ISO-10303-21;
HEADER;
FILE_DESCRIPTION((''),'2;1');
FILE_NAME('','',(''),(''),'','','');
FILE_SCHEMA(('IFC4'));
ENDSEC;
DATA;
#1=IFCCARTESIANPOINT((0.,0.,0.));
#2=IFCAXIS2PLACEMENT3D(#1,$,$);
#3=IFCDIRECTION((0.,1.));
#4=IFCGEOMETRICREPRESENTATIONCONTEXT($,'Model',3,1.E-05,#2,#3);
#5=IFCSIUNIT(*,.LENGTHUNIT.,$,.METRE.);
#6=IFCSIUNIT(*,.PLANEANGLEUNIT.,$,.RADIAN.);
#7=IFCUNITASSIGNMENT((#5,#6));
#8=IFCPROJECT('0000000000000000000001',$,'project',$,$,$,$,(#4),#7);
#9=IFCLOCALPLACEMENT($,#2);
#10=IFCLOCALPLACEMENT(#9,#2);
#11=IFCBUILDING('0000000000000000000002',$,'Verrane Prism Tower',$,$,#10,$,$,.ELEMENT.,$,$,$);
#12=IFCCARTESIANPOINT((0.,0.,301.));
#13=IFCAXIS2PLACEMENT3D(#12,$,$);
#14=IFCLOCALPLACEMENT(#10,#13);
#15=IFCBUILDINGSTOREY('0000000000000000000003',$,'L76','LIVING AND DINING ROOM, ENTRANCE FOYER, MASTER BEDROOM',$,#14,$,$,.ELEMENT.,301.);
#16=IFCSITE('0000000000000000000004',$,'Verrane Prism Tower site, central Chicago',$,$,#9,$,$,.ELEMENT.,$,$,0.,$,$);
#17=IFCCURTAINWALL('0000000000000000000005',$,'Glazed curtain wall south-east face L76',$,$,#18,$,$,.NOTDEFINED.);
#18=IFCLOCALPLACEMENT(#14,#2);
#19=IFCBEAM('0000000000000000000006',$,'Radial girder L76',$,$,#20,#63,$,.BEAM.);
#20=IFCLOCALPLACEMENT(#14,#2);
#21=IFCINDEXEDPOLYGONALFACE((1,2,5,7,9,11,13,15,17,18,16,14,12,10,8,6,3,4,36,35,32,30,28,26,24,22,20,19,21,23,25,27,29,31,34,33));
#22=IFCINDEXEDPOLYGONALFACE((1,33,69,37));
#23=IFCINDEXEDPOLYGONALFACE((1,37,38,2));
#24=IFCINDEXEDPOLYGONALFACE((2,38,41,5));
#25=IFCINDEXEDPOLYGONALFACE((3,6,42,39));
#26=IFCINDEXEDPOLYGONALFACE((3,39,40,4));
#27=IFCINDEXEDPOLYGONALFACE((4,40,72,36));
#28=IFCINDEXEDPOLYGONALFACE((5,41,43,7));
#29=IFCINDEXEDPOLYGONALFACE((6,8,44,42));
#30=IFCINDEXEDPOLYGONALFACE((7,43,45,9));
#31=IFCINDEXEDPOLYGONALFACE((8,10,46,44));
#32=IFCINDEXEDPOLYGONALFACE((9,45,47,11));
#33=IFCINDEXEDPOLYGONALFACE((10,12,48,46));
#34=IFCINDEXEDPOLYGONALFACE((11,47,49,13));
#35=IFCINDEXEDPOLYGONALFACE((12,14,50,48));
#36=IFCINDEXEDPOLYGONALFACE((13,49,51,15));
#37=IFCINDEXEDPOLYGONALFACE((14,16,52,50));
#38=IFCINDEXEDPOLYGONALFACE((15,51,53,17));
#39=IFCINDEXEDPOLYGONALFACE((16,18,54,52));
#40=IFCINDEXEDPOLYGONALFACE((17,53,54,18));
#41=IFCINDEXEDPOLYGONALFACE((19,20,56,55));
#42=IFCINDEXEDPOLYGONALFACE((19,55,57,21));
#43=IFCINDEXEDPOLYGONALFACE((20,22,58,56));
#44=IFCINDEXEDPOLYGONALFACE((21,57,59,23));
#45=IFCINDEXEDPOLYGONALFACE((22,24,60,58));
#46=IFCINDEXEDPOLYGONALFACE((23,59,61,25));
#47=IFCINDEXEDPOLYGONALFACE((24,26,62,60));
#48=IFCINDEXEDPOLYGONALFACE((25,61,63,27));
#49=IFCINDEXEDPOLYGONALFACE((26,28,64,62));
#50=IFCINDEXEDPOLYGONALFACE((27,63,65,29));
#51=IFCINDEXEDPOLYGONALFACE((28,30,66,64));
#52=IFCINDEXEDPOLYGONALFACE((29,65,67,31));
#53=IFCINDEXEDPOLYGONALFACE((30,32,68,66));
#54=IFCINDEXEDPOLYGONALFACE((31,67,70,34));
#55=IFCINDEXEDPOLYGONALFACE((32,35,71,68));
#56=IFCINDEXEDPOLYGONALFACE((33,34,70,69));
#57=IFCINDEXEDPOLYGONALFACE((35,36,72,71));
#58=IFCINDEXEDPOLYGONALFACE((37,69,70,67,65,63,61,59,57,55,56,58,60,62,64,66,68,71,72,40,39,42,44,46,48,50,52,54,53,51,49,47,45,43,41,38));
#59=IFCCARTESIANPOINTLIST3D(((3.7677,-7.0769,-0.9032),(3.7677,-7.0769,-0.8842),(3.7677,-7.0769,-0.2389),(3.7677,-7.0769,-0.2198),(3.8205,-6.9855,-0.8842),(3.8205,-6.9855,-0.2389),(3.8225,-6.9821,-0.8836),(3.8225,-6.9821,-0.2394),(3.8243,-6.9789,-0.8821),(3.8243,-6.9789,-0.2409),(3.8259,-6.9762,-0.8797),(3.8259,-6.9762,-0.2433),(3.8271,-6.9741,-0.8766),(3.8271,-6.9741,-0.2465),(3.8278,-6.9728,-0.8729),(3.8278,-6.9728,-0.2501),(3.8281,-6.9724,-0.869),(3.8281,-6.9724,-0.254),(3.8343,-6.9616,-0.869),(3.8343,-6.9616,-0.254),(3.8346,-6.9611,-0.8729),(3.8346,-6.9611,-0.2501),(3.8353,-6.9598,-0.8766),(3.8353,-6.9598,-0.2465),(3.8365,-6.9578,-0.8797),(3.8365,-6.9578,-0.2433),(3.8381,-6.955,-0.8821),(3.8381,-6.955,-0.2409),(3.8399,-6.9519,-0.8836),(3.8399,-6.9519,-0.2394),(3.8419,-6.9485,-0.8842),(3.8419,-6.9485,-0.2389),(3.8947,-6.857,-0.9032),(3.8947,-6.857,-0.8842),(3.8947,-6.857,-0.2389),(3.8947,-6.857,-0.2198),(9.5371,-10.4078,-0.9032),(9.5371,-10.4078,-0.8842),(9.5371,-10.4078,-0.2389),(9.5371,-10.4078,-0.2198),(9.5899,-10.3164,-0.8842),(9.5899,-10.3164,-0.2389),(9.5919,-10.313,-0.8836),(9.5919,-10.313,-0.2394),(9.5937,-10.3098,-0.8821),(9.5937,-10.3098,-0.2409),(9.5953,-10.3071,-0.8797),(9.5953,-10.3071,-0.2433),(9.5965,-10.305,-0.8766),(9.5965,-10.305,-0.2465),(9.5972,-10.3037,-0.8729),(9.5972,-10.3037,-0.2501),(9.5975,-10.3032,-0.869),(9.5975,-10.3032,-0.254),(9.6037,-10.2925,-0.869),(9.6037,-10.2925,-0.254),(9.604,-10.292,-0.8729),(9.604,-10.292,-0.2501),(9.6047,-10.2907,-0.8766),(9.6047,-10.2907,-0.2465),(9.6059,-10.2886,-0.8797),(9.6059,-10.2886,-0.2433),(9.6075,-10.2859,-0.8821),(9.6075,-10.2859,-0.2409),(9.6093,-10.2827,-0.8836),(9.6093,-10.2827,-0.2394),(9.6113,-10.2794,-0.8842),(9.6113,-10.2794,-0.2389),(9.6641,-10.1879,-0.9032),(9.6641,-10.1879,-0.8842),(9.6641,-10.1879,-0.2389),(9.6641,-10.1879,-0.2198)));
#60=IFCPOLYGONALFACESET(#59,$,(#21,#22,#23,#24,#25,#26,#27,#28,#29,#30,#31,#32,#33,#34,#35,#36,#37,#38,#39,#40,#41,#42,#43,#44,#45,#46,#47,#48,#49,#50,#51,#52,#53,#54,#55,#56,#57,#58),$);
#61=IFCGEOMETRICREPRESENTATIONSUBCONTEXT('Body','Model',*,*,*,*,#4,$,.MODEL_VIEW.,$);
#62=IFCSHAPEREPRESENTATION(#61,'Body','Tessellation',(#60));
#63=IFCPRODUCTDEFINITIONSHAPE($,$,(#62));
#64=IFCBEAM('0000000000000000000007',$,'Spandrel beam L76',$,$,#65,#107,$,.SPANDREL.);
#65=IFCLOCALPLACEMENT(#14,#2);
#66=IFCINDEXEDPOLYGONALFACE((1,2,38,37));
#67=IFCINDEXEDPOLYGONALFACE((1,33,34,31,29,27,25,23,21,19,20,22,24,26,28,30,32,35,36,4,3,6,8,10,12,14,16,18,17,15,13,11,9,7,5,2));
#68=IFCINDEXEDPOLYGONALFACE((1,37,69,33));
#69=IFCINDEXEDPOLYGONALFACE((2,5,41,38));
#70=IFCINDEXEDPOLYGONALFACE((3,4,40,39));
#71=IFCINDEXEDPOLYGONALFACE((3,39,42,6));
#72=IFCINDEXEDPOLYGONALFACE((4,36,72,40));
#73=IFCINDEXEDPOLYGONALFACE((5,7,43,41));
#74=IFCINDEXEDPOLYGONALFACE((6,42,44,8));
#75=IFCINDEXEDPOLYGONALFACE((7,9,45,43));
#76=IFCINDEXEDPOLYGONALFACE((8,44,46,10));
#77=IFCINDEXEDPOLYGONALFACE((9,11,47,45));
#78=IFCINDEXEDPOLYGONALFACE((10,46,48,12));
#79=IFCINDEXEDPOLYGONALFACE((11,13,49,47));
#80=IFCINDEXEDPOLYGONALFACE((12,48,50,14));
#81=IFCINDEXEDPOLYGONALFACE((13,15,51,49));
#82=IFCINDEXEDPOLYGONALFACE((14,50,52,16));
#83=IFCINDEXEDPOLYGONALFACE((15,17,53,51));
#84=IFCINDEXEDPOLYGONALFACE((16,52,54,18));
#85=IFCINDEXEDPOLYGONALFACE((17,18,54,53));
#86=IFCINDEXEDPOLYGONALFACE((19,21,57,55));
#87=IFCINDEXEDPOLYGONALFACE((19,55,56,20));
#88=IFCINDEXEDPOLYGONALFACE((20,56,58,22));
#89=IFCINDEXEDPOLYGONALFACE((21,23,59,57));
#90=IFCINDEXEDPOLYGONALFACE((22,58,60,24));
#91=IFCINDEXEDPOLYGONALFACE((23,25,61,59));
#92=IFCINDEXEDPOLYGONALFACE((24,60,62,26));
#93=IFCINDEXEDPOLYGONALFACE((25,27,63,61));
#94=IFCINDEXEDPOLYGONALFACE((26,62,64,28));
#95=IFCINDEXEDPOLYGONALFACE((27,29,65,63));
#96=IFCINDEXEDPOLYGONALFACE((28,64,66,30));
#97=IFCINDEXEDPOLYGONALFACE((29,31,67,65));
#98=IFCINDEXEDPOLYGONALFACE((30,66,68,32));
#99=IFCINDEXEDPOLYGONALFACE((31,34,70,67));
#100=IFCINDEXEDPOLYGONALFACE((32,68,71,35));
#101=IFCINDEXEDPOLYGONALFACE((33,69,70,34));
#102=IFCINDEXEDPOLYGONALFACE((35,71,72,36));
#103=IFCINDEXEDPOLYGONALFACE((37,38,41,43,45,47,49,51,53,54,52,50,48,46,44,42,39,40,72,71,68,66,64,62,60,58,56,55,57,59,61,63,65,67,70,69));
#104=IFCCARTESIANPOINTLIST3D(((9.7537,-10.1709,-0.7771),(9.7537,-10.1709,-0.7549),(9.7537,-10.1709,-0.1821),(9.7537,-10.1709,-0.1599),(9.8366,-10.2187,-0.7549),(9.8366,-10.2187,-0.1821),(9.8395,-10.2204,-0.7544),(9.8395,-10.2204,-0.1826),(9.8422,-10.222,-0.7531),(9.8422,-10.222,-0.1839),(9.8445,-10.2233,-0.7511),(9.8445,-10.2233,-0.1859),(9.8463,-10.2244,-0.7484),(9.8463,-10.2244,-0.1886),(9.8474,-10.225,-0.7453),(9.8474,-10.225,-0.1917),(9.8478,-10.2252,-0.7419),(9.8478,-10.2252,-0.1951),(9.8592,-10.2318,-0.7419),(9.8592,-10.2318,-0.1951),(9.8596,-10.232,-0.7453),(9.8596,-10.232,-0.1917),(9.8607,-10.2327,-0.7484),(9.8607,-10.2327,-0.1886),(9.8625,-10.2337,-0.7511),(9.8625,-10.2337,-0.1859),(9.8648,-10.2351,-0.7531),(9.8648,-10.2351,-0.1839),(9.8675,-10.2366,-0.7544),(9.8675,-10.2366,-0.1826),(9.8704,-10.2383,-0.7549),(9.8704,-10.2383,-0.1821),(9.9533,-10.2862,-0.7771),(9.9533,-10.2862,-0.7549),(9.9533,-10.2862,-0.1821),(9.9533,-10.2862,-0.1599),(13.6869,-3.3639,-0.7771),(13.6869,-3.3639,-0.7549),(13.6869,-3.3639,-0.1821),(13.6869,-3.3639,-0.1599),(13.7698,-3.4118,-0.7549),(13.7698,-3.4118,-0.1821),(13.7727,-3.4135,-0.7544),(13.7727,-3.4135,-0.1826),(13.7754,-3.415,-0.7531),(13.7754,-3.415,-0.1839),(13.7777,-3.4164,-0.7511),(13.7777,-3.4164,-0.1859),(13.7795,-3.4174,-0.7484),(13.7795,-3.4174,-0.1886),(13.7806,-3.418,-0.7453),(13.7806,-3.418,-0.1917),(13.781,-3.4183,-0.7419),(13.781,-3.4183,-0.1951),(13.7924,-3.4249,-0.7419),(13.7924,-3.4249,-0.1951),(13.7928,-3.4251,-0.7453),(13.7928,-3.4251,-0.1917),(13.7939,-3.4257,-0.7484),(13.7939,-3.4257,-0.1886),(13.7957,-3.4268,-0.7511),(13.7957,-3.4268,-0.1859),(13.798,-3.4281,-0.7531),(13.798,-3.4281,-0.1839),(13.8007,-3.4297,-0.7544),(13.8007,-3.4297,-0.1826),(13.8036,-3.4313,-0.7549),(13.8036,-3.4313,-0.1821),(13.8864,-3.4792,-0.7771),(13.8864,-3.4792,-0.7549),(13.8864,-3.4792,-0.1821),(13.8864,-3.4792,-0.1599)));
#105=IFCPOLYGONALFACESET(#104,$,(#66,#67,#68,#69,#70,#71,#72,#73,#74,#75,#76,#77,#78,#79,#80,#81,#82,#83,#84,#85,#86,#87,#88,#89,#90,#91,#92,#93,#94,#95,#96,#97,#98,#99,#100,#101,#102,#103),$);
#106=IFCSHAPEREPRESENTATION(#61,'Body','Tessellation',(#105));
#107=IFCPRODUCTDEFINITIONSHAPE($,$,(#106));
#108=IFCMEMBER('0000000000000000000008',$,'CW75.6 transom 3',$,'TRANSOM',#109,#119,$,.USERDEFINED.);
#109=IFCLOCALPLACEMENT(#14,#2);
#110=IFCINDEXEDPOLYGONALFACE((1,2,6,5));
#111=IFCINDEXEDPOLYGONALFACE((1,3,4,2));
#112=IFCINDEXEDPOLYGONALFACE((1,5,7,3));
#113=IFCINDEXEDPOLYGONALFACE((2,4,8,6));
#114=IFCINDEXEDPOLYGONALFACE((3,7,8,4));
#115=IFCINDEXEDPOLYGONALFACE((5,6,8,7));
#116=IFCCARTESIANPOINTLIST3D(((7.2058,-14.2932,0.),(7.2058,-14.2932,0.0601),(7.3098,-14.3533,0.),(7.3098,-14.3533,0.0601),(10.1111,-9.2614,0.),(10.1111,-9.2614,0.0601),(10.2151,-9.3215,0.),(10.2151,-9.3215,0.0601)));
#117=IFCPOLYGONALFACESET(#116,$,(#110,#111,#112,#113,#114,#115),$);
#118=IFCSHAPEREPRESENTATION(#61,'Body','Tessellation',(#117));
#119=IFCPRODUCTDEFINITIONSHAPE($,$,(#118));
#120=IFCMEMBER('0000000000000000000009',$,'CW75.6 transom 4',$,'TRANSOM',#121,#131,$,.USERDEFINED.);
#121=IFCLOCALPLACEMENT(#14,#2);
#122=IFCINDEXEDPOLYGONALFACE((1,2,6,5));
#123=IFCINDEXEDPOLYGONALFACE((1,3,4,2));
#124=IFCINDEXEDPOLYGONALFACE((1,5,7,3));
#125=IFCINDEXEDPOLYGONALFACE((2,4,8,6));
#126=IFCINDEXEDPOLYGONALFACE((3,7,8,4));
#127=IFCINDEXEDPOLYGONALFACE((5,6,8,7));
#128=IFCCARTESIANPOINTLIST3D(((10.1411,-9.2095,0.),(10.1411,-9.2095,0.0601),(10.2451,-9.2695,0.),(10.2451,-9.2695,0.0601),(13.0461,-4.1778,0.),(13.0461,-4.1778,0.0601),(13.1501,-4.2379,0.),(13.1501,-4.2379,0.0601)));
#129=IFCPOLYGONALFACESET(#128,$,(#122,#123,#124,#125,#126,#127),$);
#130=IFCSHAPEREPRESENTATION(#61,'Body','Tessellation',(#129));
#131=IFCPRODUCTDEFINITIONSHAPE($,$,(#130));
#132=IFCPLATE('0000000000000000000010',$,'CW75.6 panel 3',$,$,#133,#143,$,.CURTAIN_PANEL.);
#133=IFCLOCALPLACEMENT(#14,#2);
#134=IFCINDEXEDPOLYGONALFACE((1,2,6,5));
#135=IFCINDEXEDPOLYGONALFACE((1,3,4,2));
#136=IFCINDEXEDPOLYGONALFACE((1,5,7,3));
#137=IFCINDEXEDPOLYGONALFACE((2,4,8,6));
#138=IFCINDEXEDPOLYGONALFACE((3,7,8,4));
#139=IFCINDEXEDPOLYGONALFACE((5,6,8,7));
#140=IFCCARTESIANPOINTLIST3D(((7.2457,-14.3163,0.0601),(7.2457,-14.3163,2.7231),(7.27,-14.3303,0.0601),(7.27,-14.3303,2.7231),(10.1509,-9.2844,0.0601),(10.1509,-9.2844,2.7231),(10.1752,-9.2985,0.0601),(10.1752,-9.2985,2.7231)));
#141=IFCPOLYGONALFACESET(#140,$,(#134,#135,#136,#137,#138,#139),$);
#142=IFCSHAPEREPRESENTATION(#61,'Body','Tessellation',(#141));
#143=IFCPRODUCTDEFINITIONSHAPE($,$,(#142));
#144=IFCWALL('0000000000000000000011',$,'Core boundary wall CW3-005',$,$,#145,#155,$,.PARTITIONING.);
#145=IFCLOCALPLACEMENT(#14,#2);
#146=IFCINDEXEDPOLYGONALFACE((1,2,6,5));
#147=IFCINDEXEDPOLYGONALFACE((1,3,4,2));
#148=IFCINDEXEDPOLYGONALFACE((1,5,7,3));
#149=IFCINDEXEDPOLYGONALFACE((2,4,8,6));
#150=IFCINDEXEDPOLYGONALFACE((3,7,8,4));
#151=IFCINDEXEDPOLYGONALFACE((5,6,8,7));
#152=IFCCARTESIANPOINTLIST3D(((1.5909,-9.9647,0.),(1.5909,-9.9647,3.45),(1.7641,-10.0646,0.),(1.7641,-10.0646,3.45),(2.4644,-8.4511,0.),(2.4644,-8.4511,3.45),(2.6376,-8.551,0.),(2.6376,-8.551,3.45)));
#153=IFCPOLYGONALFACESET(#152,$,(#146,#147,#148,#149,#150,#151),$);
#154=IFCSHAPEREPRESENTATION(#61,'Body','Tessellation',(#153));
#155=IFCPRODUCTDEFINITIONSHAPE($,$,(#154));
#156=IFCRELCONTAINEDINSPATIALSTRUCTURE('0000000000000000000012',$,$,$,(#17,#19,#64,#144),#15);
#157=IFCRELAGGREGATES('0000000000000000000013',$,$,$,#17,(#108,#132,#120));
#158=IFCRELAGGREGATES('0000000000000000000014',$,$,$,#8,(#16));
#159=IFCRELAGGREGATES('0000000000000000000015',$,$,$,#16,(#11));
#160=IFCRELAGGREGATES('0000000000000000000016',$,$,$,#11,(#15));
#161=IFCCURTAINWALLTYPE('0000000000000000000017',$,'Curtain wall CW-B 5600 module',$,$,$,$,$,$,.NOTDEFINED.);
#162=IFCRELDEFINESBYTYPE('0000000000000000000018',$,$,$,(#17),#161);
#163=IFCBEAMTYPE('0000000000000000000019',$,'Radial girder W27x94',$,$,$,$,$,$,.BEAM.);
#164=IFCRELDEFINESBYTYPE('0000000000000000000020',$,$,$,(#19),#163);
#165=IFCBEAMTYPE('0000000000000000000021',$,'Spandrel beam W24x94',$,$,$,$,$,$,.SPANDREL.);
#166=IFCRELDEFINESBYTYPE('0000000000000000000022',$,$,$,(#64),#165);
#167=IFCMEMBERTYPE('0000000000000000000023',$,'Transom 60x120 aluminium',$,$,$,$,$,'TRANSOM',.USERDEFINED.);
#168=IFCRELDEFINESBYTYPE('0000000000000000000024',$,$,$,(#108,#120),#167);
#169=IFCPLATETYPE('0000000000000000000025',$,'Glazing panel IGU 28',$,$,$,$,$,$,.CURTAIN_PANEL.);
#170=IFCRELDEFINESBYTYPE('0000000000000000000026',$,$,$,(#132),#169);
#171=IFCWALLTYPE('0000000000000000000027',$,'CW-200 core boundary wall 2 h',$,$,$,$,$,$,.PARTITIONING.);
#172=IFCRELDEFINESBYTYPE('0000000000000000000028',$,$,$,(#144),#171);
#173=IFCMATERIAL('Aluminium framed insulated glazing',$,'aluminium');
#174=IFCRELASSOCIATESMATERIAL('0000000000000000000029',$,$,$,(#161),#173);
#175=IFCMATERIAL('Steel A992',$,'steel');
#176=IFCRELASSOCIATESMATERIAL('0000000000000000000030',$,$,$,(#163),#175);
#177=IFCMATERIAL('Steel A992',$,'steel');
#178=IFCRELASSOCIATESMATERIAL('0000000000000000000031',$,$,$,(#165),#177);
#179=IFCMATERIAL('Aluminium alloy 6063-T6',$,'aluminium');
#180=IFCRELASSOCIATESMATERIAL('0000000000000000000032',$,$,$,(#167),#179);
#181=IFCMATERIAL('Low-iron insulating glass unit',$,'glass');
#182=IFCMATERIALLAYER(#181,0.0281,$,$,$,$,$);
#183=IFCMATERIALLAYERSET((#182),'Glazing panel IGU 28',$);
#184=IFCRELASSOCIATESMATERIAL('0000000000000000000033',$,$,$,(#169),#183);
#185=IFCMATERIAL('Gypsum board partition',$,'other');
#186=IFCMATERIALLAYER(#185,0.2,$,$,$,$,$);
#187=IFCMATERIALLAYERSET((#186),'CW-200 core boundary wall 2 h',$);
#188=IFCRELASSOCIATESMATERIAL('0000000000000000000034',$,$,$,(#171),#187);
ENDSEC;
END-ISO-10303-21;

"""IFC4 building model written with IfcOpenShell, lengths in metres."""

from ifc_helpers import new_model, si_unit, direction, frame, frame_2d, origin, origin_2d, place, context, subcontext, project, spatial, rectangle, i_section, extrude, material, layer, layer_set, material_profile, profile_set, type_object, element, aggregate, save


model = new_model("IFC4")

# Units and contexts
model_context = context("Model", 3, precision=1e-05, world=origin(), true_north=direction((0.0, 1.0)))
body_context = subcontext(model_context, "Body", "Model", "MODEL_VIEW")
ifc_project = project(units=[si_unit("LENGTHUNIT", "METRE"), si_unit("PLANEANGLEUNIT", "RADIAN")], contexts=[model_context])

# Site, building, storey
site_placement = place(None, origin())
site = spatial("IfcSite", under=ifc_project, at=site_placement, Name="Verrane Prism Tower site, central Chicago", CompositionType="ELEMENT", RefElevation=0.0)
building_placement = place(site_placement, origin())
building = spatial("IfcBuilding", under=site, at=building_placement, Name="Verrane Prism Tower", CompositionType="ELEMENT")
storey_placement = place(building_placement, frame((0.0, 0.0, 301.0)))
storey = spatial("IfcBuildingStorey", under=building, at=storey_placement, Name="L76", Description="LIVING AND DINING ROOM, ENTRANCE FOYER, MASTER BEDROOM", CompositionType="ELEMENT", Elevation=301.0)

# Curtain wall
ifc_material_1 = material(Name="Aluminium framed insulated glazing", Category="aluminium")
curtain_wall_type = type_object("IfcCurtainWallType", Name="Curtain wall CW-B 5600 module", PredefinedType="NOTDEFINED", material=ifc_material_1)
curtain_wall_placement = place(storey_placement, origin())
curtain_wall = element("IfcCurtainWall", 1, at=curtain_wall_placement, inside=storey, type_object=curtain_wall_type, Name="Glazed curtain wall south-east face L76", PredefinedType="NOTDEFINED")

# Beams
ifc_material_2 = material(Name="Steel A992", Category="steel")
ifc_material_profile_1 = material_profile(ifc_material_2, i_section(OverallWidth=0.2539, OverallDepth=0.6833, WebThickness=0.0125, FlangeThickness=0.019, FilletRadius=0.0151, at=origin_2d()), Name="W27x94")
ifc_profile_set_1 = profile_set([ifc_material_profile_1], Name="Steel A992")
beam_type_1 = type_object("IfcBeamType", Name="Radial girder W27x94", PredefinedType="BEAM", material=ifc_profile_set_1)
beam_1_placement = place(storey_placement, frame((9.6006, -10.2979, -0.5615), z_axis=(-0.866031, 0.49999, 0.0), x_axis=(-0.49999, -0.866031, 0.0)))
element("IfcBeam", 2, at=beam_1_placement, inside=storey, type_object=beam_type_1, Name="Radial girder L76", PredefinedType="BEAM", context=body_context, shape_type="SweptSolid", body=[
    extrude(i_section(OverallWidth=0.2539, OverallDepth=0.6833, WebThickness=0.0125, FlangeThickness=0.019, FilletRadius=0.0151, at=origin_2d()), origin(), (0.0, 0.0, 1.0), 6.6619),
])
ifc_material_3 = material(Name="Steel A992", Category="steel")
ifc_material_profile_2 = material_profile(ifc_material_3, i_section(OverallWidth=0.2305, OverallDepth=0.6172, WebThickness=0.0132, FlangeThickness=0.0222, FilletRadius=0.0129, at=origin_2d()), Name="W24x94")
ifc_profile_set_2 = profile_set([ifc_material_profile_2], Name="Steel A992")
beam_type_2 = type_object("IfcBeamType", Name="Spandrel beam W24x94", PredefinedType="SPANDREL", material=ifc_profile_set_2)
beam_2_placement = place(storey_placement, frame((9.8535, -10.2285, -0.4685), z_axis=(0.5003, 0.865852, 0.0), x_axis=(-0.865852, 0.5003, 0.0)))
element("IfcBeam", 3, at=beam_2_placement, inside=storey, type_object=beam_type_2, Name="Spandrel beam L76", PredefinedType="SPANDREL", context=body_context, shape_type="SweptSolid", body=[
    extrude(i_section(OverallWidth=0.2305, OverallDepth=0.6172, WebThickness=0.0132, FlangeThickness=0.0222, FilletRadius=0.0129, at=origin_2d()), origin(), (0.0, 0.0, 1.0), 7.8616),
])

# Members
ifc_material_4 = material(Name="Aluminium alloy 6063-T6", Category="aluminium")
ifc_material_profile_3 = material_profile(ifc_material_4, rectangle(XDim=0.1201, YDim=0.0601, at=origin_2d()), Name="Transom 60x120 aluminium")
ifc_profile_set_3 = profile_set([ifc_material_profile_3], Name="Aluminium alloy 6063-T6")
member_type_1 = type_object("IfcMemberType", Name="Transom 60x120 aluminium", ElementType="TRANSOM", PredefinedType="USERDEFINED", material=ifc_profile_set_3)
member_1_placement = place(storey_placement, frame((7.2578, -14.3232, 0.03), z_axis=(0.500026, 0.866011, 0.0), x_axis=(-0.866011, 0.500026, 0.0)))
member_1 = element("IfcMember", 4, at=member_1_placement, type_object=member_type_1, Name="CW75.6 transom 3", ObjectType="TRANSOM", PredefinedType="USERDEFINED", context=body_context, shape_type="SweptSolid", body=[
    extrude(rectangle(XDim=0.1201, YDim=0.0601, at=origin_2d()), origin(), (0.0, 0.0, 1.0), 5.8103),
])
member_2_placement = place(storey_placement, frame((10.1931, -9.2395, 0.03), z_axis=(0.499994, 0.866029, 0.0), x_axis=(-0.866029, 0.499994, 0.0)))
member_2 = element("IfcMember", 5, at=member_2_placement, type_object=member_type_1, Name="CW75.6 transom 4", ObjectType="TRANSOM", PredefinedType="USERDEFINED", context=body_context, shape_type="SweptSolid", body=[
    extrude(rectangle(XDim=0.1201, YDim=0.0601, at=origin_2d()), origin(), (0.0, 0.0, 1.0), 5.8101),
])

# Plate
ifc_material_5 = material(Name="Low-iron insulating glass unit", Category="glass")
ifc_layer_1 = layer(ifc_material_5, 0.0281)
ifc_layer_set_1 = layer_set([ifc_layer_1], Name="Glazing panel IGU 28")
plate_type = type_object("IfcPlateType", Name="Glazing panel IGU 28", PredefinedType="CURTAIN_PANEL", material=ifc_layer_set_1)
plate_placement = place(storey_placement, frame((8.7104, -11.8074, 0.0601), z_axis=(0.0, 0.0, 1.0), x_axis=(0.500001, 0.866025, 0.0)))
plate = element("IfcPlate", 6, at=plate_placement, type_object=plate_type, Name="CW75.6 panel 3", PredefinedType="CURTAIN_PANEL", context=body_context, shape_type="SweptSolid", body=[
    extrude(rectangle(XDim=5.8103, YDim=0.0281, at=origin_2d()), origin(), (0.0, 0.0, 1.0), 2.6631),
])
aggregate(curtain_wall, [member_1, plate, member_2])

# Wall
ifc_material_6 = material(Name="Gypsum board partition", Category="other")
ifc_layer_2 = layer(ifc_material_6, 0.2)
ifc_layer_set_2 = layer_set([ifc_layer_2], Name="CW-200 core boundary wall 2 h")
wall_type_1 = type_object("IfcWallType", Name="CW-200 core boundary wall 2 h", PredefinedType="PARTITIONING", material=ifc_layer_set_2)
wall_1_placement = place(storey_placement, frame((1.6775, -10.0146, 0.0), z_axis=(0.0, 0.0, 1.0), x_axis=(0.499835, 0.86612, 0.0)))
element("IfcWall", 7, at=wall_1_placement, inside=storey, type_object=wall_type_1, Name="Core boundary wall CW3-005", PredefinedType="PARTITIONING", context=body_context, shape_type="SweptSolid", body=[
    extrude(rectangle(XDim=1.7476, YDim=0.2, at=frame_2d((0.8738, 0.0))), origin(), (0.0, 0.0, 1.0), 3.45),
])

save(model, "model.ifc")
